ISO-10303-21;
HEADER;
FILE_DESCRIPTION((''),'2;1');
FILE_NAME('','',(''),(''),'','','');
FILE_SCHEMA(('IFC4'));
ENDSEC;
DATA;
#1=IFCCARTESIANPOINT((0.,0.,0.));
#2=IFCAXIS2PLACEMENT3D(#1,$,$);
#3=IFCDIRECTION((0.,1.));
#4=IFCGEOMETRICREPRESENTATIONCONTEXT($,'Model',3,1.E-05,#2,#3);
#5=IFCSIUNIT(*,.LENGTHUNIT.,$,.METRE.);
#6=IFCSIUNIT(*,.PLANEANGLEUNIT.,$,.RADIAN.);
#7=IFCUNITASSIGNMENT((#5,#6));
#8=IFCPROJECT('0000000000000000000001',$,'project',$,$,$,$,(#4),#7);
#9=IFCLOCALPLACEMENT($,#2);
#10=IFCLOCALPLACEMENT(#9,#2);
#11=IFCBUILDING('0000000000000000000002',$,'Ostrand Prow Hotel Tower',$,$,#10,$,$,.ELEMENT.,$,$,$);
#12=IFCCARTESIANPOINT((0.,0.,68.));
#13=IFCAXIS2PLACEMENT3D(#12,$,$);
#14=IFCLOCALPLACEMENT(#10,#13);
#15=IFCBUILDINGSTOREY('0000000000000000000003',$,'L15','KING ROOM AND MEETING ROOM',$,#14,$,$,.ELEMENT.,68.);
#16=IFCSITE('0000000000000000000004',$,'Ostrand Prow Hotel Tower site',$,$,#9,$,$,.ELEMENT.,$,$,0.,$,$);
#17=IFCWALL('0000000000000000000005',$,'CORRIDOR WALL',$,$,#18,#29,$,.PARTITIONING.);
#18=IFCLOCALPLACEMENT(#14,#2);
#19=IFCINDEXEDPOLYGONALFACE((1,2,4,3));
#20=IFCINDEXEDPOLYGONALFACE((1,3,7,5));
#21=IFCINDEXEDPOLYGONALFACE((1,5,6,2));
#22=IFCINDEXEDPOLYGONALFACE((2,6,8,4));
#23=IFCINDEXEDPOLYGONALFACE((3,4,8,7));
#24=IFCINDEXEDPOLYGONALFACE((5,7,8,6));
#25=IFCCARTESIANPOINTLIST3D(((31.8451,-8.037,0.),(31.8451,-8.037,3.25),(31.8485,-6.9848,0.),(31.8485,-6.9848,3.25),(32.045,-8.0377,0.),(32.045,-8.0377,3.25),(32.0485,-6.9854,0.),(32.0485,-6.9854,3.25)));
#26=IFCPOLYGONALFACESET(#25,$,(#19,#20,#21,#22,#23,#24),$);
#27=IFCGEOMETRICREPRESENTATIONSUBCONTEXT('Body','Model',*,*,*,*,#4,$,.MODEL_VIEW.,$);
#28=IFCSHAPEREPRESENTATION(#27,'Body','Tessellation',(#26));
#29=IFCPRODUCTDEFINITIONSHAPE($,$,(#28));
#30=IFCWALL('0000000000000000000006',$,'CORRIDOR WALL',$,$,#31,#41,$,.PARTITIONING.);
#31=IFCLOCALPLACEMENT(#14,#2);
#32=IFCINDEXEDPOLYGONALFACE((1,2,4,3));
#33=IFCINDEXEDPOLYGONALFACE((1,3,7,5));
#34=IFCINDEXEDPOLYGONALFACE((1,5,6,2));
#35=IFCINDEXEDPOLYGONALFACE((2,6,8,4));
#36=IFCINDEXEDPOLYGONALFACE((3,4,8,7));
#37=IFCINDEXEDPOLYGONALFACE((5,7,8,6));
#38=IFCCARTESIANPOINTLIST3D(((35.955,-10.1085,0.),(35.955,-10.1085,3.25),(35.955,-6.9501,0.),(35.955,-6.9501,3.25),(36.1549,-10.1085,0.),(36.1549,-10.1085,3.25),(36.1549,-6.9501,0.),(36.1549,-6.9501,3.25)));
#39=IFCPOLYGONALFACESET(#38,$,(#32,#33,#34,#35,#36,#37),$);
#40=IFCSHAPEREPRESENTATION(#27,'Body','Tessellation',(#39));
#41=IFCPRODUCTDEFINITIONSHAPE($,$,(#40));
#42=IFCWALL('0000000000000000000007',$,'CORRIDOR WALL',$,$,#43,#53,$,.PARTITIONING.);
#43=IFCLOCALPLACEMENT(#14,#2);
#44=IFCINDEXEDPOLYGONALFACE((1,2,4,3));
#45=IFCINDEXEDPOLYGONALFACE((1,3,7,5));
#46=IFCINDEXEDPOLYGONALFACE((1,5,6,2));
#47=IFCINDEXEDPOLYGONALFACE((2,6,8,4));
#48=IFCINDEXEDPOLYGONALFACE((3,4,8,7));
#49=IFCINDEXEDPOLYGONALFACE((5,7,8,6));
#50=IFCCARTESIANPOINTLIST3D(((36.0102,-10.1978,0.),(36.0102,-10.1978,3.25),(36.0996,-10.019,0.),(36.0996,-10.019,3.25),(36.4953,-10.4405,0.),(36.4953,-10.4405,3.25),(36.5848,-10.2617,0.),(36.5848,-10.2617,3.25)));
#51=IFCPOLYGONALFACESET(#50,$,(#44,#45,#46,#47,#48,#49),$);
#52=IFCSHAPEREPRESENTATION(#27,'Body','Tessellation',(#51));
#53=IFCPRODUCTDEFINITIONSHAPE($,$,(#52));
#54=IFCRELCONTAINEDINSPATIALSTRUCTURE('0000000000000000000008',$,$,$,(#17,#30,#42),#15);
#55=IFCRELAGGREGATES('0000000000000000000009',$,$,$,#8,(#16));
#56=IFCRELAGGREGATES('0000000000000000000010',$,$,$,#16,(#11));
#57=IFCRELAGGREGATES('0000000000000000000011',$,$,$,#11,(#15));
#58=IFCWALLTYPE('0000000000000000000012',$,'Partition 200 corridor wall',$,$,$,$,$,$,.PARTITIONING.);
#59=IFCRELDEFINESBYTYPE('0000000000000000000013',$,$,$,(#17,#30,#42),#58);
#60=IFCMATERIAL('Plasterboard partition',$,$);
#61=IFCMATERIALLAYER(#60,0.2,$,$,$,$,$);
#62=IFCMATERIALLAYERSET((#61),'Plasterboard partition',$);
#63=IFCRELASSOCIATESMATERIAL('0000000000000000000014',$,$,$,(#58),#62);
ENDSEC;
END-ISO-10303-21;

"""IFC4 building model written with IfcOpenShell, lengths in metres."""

from ifc_helpers import new_model, si_unit, direction, frame, frame_2d, origin, place, context, subcontext, project, spatial, rectangle, extrude, material, layer, layer_set, type_object, element, save


model = new_model("IFC4")

# Units and contexts
model_context = context("Model", 3, precision=1e-05, world=origin(), true_north=direction((0.0, 1.0)))
body_context = subcontext(model_context, "Body", "Model", "MODEL_VIEW")
ifc_project = project(units=[si_unit("LENGTHUNIT", "METRE"), si_unit("PLANEANGLEUNIT", "RADIAN")], contexts=[model_context])

# Site, building, storey
site_placement = place(None, origin())
site = spatial("IfcSite", under=ifc_project, at=site_placement, Name="Ostrand Prow Hotel Tower site", CompositionType="ELEMENT", RefElevation=0.0)
building_placement = place(site_placement, origin())
building = spatial("IfcBuilding", under=site, at=building_placement, Name="Ostrand Prow Hotel Tower", CompositionType="ELEMENT")
storey_placement = place(building_placement, frame((0.0, 0.0, 68.0)))
storey = spatial("IfcBuildingStorey", under=building, at=storey_placement, Name="L15", Description="KING ROOM AND MEETING ROOM", CompositionType="ELEMENT", Elevation=68.0)

# Shared definitions
ifc_material_1 = material(Name="Plasterboard partition")
ifc_layer_1 = layer(ifc_material_1, 0.2)
ifc_layer_set_1 = layer_set([ifc_layer_1], Name="Plasterboard partition")
wall_type_1 = type_object("IfcWallType", Name="Partition 200 corridor wall", PredefinedType="PARTITIONING", material=ifc_layer_set_1)

# Walls
wall_1_placement = place(storey_placement, frame((31.9485, -6.9851, 0.0), z_axis=(0.0, 0.0, 1.0), x_axis=(-0.003248, -0.999995, 0.0)))
element("IfcWall", 1, at=wall_1_placement, inside=storey, type_object=wall_type_1, Name="CORRIDOR WALL", PredefinedType="PARTITIONING", context=body_context, shape_type="SweptSolid", body=[
    extrude(rectangle(XDim=1.0522, YDim=0.2, at=frame_2d((0.5261, 0.0))), origin(), (0.0, 0.0, 1.0), 3.25),
])
wall_2_placement = place(storey_placement, frame((36.0549, -10.1084, 0.0), z_axis=(0.0, 0.0, 1.0), x_axis=(0.0, 1.0, 0.0)))
element("IfcWall", 2, at=wall_2_placement, inside=storey, type_object=wall_type_1, Name="CORRIDOR WALL", PredefinedType="PARTITIONING", context=body_context, shape_type="SweptSolid", body=[
    extrude(rectangle(XDim=3.1584, YDim=0.2, at=frame_2d((1.5791, 0.0))), origin(), (0.0, 0.0, 1.0), 3.25),
])
wall_3_placement = place(storey_placement, frame((36.54, -10.3511, 0.0), z_axis=(0.0, 0.0, 1.0), x_axis=(-0.894337, 0.447394, 0.0)))
element("IfcWall", 3, at=wall_3_placement, inside=storey, type_object=wall_type_1, Name="CORRIDOR WALL", PredefinedType="PARTITIONING", context=body_context, shape_type="SweptSolid", body=[
    extrude(rectangle(XDim=0.5425, YDim=0.2, at=frame_2d((0.2712, 0.0))), origin(), (0.0, 0.0, 1.0), 3.25),
])

save(model, "model.ifc")
